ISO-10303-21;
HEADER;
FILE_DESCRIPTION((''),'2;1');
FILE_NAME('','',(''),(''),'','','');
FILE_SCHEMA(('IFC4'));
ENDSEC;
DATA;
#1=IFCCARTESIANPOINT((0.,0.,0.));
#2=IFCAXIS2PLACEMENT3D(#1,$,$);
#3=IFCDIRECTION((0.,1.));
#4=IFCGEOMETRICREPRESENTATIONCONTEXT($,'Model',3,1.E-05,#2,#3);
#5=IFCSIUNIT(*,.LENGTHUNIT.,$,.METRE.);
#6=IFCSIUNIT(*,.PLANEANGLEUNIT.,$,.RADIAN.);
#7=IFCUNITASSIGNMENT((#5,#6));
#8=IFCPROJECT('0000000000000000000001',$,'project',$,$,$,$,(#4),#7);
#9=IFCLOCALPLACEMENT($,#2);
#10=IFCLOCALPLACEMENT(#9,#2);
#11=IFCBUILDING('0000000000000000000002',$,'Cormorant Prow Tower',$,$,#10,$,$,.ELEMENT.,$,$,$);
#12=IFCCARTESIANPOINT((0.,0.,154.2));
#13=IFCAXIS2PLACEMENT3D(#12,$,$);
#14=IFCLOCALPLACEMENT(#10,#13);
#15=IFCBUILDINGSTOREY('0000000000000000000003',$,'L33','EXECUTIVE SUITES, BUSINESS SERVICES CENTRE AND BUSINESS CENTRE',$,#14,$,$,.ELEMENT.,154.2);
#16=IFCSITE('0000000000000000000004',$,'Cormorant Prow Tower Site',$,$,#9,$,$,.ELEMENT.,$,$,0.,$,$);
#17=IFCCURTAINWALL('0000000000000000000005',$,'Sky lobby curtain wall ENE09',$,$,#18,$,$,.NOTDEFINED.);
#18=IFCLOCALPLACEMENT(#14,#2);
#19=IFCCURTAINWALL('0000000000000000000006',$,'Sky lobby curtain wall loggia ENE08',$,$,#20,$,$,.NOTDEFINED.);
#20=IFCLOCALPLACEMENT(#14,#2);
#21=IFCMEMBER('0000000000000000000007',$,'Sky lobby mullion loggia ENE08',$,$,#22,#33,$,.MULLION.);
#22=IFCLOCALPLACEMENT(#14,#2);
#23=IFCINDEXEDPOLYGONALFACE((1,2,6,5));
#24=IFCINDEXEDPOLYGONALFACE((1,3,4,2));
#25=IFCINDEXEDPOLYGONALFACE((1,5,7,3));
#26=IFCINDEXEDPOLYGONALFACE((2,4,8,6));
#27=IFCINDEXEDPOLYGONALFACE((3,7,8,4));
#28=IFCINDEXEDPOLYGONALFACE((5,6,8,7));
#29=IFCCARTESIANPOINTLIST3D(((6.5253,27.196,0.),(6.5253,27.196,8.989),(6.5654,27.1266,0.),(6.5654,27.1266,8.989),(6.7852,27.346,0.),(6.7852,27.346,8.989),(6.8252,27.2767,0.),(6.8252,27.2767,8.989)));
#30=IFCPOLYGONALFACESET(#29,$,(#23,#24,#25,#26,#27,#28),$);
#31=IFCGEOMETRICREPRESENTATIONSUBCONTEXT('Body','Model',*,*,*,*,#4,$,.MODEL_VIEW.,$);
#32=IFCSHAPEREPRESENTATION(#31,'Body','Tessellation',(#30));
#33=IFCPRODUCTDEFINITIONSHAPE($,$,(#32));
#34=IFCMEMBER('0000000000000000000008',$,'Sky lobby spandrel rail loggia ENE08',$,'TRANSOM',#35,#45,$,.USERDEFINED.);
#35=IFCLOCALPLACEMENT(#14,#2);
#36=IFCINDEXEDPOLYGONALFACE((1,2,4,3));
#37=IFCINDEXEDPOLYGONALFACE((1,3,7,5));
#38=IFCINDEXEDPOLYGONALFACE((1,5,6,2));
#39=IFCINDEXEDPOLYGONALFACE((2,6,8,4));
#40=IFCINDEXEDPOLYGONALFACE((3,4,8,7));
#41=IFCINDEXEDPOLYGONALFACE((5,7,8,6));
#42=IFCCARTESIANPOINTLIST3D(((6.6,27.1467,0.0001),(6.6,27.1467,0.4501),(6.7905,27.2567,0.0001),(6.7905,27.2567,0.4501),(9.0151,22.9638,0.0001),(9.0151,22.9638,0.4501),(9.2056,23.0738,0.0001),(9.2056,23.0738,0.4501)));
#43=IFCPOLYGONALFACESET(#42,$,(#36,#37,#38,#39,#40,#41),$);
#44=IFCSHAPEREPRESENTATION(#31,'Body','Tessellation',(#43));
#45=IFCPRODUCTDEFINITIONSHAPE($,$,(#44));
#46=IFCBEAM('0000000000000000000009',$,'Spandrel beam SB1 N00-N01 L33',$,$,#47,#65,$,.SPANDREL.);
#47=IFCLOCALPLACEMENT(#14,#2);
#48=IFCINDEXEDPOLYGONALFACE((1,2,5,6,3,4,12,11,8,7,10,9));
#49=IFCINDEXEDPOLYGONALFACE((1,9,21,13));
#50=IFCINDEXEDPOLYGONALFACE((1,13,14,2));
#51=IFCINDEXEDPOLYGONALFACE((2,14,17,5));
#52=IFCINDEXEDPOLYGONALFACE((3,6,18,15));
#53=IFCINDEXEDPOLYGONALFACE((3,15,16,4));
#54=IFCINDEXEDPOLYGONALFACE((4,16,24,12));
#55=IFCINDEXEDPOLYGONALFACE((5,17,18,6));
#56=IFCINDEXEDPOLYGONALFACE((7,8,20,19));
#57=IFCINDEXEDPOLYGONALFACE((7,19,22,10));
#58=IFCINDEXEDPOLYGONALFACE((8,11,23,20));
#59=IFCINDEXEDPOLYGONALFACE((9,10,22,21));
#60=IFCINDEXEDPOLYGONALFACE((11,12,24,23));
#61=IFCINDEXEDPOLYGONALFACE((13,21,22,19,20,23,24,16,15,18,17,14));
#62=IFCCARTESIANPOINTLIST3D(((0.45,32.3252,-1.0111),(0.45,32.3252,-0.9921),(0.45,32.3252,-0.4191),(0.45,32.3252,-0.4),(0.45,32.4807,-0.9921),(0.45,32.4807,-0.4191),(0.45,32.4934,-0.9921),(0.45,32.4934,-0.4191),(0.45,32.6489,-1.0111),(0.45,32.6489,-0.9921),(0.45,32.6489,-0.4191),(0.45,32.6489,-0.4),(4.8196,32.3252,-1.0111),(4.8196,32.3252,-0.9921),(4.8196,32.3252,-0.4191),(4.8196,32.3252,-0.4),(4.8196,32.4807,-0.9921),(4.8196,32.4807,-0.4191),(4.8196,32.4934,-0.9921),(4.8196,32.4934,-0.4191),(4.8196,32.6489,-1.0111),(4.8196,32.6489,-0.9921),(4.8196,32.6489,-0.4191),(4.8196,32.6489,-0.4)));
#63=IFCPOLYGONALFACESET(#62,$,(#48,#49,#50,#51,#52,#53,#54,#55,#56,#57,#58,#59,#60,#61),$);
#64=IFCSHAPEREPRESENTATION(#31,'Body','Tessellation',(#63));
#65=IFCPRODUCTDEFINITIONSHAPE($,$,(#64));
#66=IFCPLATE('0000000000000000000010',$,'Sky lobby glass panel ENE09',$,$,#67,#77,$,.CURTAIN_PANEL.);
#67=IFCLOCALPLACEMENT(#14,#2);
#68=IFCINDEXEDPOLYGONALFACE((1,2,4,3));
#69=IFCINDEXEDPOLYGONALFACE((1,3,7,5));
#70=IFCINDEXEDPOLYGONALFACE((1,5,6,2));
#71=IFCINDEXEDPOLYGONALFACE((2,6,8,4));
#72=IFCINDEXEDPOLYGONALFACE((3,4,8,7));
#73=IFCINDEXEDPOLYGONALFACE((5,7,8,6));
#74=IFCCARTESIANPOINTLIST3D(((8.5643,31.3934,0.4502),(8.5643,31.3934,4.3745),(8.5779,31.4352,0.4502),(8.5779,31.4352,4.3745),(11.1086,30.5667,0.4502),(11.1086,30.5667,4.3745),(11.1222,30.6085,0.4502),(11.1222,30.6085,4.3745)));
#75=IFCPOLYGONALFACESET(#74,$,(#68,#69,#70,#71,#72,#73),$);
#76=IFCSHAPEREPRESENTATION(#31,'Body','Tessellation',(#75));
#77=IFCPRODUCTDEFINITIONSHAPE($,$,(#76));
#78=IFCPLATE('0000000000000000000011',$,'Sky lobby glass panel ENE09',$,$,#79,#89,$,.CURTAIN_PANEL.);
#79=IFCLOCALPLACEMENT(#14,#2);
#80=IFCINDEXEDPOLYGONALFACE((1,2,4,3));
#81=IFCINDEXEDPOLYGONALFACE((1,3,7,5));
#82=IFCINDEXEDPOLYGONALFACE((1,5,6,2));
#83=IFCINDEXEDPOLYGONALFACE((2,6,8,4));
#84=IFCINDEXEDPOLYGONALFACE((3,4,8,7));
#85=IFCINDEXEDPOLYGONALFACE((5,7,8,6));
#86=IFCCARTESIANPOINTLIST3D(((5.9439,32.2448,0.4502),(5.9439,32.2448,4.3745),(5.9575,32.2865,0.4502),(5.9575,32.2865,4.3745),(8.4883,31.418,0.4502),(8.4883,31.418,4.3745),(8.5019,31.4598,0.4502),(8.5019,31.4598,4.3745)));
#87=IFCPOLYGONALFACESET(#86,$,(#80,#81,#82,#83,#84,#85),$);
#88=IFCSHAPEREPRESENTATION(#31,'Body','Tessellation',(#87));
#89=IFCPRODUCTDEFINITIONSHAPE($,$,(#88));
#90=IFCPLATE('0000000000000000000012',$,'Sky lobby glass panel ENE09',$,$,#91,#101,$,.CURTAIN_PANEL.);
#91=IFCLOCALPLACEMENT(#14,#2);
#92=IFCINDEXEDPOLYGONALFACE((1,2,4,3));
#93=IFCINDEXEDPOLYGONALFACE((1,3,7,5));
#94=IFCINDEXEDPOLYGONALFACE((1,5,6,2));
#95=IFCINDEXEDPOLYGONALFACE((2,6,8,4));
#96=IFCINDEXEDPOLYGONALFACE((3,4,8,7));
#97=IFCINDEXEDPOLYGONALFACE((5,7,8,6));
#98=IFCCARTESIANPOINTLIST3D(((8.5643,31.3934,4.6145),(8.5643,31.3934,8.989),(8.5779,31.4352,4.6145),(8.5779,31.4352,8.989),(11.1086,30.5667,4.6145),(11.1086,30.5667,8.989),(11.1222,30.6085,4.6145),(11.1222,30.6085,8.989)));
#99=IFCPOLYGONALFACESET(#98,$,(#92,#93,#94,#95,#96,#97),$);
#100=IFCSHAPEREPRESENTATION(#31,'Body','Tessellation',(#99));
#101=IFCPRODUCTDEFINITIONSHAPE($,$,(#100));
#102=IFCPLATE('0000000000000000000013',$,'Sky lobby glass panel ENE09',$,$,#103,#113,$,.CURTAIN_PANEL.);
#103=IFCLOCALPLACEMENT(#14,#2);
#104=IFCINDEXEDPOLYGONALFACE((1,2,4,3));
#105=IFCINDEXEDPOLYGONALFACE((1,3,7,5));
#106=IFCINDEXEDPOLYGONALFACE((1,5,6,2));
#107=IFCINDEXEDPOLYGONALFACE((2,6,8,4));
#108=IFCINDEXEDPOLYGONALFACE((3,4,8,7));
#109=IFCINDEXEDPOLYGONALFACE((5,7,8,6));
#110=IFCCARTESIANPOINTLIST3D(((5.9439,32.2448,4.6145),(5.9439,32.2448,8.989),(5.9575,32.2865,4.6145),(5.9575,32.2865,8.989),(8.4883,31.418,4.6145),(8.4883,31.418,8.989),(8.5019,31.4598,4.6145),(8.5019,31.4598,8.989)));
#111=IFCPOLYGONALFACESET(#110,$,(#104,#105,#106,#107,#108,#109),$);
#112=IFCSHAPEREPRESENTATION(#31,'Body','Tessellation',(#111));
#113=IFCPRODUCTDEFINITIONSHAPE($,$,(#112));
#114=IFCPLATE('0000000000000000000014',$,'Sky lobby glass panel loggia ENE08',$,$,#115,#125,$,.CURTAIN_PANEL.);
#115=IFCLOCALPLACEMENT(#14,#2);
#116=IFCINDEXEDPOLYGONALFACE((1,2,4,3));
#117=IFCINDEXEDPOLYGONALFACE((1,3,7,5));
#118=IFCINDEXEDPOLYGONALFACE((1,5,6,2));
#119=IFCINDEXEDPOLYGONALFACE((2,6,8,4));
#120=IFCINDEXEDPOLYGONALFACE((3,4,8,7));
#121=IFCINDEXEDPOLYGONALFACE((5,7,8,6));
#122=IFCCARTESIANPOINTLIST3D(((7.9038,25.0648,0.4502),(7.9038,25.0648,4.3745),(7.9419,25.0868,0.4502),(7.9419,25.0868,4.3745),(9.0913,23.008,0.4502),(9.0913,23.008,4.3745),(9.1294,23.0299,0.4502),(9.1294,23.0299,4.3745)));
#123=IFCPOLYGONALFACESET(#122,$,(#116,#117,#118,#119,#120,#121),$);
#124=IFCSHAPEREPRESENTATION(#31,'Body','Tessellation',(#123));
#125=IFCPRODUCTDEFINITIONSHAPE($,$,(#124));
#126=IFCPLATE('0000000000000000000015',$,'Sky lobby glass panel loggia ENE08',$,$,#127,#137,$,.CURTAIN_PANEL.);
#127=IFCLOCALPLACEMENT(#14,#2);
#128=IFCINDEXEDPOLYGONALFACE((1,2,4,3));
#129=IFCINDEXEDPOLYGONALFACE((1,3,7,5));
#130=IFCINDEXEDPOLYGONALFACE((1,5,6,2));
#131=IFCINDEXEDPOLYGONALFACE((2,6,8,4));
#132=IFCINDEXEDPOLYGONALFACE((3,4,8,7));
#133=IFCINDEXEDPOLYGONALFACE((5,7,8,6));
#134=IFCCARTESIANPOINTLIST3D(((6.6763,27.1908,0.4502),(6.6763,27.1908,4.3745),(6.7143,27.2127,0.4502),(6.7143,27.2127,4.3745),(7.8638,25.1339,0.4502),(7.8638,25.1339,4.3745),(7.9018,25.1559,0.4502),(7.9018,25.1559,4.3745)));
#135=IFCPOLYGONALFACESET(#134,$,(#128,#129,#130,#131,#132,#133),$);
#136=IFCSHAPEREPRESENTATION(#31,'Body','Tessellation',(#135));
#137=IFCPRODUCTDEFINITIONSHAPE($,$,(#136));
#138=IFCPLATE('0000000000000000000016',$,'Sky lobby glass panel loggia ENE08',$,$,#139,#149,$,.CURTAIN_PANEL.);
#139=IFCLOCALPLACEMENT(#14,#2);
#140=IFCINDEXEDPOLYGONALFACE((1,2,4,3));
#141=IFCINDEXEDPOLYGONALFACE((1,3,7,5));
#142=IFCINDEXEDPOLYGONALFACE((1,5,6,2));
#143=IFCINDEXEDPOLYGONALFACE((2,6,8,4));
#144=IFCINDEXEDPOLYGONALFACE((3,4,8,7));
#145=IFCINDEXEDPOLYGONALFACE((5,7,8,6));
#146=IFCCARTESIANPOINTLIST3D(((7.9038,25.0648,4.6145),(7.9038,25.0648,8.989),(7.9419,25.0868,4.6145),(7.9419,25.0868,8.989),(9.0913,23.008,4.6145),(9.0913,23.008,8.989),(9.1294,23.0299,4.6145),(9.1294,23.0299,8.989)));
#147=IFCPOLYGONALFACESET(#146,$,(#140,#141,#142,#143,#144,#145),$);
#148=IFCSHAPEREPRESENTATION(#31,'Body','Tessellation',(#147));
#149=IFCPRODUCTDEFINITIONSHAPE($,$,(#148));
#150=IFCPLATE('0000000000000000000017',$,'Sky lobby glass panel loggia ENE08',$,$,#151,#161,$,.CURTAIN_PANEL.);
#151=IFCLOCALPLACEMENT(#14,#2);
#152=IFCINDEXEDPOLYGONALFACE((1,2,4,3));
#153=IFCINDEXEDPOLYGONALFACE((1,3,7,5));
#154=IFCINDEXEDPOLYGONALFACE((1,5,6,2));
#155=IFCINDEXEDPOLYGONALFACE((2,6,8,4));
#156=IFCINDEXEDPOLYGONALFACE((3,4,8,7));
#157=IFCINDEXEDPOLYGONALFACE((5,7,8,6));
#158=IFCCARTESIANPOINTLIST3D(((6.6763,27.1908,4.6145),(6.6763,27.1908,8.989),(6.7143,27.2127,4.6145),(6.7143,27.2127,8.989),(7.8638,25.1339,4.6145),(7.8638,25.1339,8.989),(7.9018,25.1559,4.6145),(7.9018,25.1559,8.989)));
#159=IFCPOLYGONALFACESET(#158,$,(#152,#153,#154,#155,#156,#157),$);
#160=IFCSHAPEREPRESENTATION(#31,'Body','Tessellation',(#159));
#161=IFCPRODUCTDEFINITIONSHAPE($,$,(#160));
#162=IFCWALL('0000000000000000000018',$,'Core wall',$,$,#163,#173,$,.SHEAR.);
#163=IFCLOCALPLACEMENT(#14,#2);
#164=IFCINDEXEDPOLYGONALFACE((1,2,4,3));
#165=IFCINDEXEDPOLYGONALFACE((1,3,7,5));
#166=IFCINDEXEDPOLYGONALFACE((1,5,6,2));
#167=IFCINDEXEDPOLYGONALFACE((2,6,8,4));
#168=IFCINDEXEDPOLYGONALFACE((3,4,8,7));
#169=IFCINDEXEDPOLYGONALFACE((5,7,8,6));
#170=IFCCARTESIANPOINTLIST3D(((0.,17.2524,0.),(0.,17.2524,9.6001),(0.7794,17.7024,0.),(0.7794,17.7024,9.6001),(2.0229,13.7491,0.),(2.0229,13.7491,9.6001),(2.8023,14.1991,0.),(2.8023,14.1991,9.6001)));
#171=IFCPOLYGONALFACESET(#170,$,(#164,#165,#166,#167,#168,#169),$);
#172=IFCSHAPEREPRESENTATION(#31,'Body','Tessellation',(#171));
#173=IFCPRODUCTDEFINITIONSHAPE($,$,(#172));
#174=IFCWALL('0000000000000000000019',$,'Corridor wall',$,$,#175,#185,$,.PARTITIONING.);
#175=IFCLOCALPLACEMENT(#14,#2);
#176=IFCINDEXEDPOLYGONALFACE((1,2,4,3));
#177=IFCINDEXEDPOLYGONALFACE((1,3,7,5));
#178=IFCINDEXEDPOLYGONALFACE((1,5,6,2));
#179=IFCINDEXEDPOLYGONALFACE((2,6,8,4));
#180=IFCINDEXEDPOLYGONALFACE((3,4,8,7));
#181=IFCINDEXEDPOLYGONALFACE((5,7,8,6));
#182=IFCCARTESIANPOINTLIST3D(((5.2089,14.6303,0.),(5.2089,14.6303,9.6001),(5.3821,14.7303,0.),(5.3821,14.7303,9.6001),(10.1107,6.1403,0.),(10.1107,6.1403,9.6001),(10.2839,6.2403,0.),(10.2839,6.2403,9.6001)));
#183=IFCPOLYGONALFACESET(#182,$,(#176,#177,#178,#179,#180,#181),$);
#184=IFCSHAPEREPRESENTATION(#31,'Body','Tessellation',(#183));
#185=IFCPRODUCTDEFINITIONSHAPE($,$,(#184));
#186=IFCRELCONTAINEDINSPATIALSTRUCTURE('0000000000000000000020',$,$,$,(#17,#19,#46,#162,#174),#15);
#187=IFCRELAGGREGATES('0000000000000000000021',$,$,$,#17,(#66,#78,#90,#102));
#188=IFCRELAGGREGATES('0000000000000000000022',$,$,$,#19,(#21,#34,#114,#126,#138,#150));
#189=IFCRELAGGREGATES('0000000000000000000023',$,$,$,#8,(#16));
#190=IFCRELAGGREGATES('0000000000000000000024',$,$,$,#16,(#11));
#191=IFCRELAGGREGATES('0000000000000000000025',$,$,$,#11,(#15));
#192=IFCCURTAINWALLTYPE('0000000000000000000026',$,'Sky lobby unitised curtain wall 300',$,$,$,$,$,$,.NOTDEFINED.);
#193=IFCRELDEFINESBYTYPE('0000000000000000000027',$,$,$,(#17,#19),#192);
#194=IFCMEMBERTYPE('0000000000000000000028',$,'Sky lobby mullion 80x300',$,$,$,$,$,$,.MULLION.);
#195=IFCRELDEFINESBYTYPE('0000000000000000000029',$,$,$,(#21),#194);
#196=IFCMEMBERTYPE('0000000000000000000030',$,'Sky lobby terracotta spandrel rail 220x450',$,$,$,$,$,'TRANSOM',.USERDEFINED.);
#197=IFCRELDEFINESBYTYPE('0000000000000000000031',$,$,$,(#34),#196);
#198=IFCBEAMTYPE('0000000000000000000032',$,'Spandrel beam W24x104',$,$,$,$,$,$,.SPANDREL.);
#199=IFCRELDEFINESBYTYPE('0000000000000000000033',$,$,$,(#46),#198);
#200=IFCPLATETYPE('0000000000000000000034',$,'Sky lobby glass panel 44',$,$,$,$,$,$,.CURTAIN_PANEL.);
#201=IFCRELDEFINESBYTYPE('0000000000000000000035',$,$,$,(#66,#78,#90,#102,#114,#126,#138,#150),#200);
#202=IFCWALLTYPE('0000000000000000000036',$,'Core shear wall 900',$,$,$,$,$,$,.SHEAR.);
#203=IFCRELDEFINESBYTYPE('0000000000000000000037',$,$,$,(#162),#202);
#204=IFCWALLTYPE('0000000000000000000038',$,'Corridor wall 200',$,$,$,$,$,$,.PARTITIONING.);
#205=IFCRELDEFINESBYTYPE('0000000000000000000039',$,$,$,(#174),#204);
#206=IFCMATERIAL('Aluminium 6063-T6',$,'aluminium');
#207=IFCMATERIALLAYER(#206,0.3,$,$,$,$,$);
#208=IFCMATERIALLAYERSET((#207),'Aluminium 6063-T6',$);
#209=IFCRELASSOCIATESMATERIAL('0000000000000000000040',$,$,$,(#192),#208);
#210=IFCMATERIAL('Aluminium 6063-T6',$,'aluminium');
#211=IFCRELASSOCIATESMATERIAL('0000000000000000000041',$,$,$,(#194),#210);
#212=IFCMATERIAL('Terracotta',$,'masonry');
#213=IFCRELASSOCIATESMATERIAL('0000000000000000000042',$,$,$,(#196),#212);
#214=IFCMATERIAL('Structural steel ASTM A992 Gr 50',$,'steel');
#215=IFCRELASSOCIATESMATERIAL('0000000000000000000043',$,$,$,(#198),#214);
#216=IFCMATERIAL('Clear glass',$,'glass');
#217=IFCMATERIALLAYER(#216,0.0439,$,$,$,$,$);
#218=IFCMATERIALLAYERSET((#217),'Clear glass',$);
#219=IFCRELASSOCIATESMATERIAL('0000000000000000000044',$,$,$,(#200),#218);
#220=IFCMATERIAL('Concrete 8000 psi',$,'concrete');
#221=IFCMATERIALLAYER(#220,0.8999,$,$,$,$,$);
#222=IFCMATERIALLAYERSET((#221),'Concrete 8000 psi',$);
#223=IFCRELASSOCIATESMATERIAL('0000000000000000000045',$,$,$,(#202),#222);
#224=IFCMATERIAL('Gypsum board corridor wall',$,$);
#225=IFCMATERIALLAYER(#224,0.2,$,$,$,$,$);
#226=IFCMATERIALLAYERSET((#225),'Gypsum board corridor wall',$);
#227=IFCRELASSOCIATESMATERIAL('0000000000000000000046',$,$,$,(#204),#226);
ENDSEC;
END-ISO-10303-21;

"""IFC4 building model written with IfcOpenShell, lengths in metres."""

from ifc_helpers import new_model, si_unit, direction, frame, frame_2d, origin, origin_2d, place, context, subcontext, project, spatial, rectangle, i_section, extrude, material, layer, layer_set, material_profile, profile_set, type_object, element, aggregate, save


model = new_model("IFC4")

# Units and contexts
model_context = context("Model", 3, precision=1e-05, world=origin(), true_north=direction((0.0, 1.0)))
body_context = subcontext(model_context, "Body", "Model", "MODEL_VIEW")
ifc_project = project(units=[si_unit("LENGTHUNIT", "METRE"), si_unit("PLANEANGLEUNIT", "RADIAN")], contexts=[model_context])

# Site, building, storey
site_placement = place(None, origin())
site = spatial("IfcSite", under=ifc_project, at=site_placement, Name="Cormorant Prow Tower Site", CompositionType="ELEMENT", RefElevation=0.0)
building_placement = place(site_placement, origin())
building = spatial("IfcBuilding", under=site, at=building_placement, Name="Cormorant Prow Tower", CompositionType="ELEMENT")
storey_placement = place(building_placement, frame((0.0, 0.0, 154.2)))
storey = spatial("IfcBuildingStorey", under=building, at=storey_placement, Name="L33", Description="EXECUTIVE SUITES, BUSINESS SERVICES CENTRE AND BUSINESS CENTRE", CompositionType="ELEMENT", Elevation=154.2)

# Curtain wall
ifc_material_1 = material(Name="Aluminium 6063-T6", Category="aluminium")
ifc_layer_1 = layer(ifc_material_1, 0.3)
ifc_layer_set_1 = layer_set([ifc_layer_1], Name="Aluminium 6063-T6")
curtain_wall_type = type_object("IfcCurtainWallType", Name="Sky lobby unitised curtain wall 300", PredefinedType="NOTDEFINED", material=ifc_layer_set_1)
curtain_wall_1_placement = place(storey_placement, origin())
curtain_wall_1 = element("IfcCurtainWall", 1, at=curtain_wall_1_placement, inside=storey, type_object=curtain_wall_type, Name="Sky lobby curtain wall ENE09", PredefinedType="NOTDEFINED")

# Curtain wall
curtain_wall_2_placement = place(storey_placement, origin())
curtain_wall_2 = element("IfcCurtainWall", 2, at=curtain_wall_2_placement, inside=storey, type_object=curtain_wall_type, Name="Sky lobby curtain wall loggia ENE08", PredefinedType="NOTDEFINED")

# Members
ifc_material_2 = material(Name="Aluminium 6063-T6", Category="aluminium")
ifc_material_profile_1 = material_profile(ifc_material_2, rectangle(XDim=0.3, YDim=0.0801, at=origin_2d()), Name="Sky lobby mullion 80x300")
ifc_profile_set_1 = profile_set([ifc_material_profile_1], Name="Aluminium 6063-T6")
member_type_1 = type_object("IfcMemberType", Name="Sky lobby mullion 80x300", PredefinedType="MULLION", material=ifc_profile_set_1)
member_1_placement = place(storey_placement, frame((6.6753, 27.2363, 0.0), z_axis=(0.0, 0.0, 1.0), x_axis=(-0.866025, -0.5, 0.0)))
member_1 = element("IfcMember", 3, at=member_1_placement, type_object=member_type_1, Name="Sky lobby mullion loggia ENE08", PredefinedType="MULLION", context=body_context, shape_type="SweptSolid", body=[
    extrude(rectangle(XDim=0.3, YDim=0.0801, at=origin_2d()), origin(), (0.0, 0.0, 1.0), 8.989),
])
ifc_material_3 = material(Name="Terracotta", Category="masonry")
ifc_material_profile_2 = material_profile(ifc_material_3, rectangle(XDim=0.22, YDim=0.45, at=origin_2d()), Name="Sky lobby terracotta spandrel rail 220x450")
ifc_profile_set_2 = profile_set([ifc_material_profile_2], Name="Terracotta")
member_type_2 = type_object("IfcMemberType", Name="Sky lobby terracotta spandrel rail 220x450", ElementType="TRANSOM", PredefinedType="USERDEFINED", material=ifc_profile_set_2)
member_2_placement = place(storey_placement, frame((9.1104, 23.0188, 0.2251), z_axis=(-0.50001, 0.86602, 0.0), x_axis=(-0.86602, -0.50001, 0.0)))
member_2 = element("IfcMember", 4, at=member_2_placement, type_object=member_type_2, Name="Sky lobby spandrel rail loggia ENE08", ObjectType="TRANSOM", PredefinedType="USERDEFINED", context=body_context, shape_type="SweptSolid", body=[
    extrude(rectangle(XDim=0.22, YDim=0.45, at=origin_2d()), origin(), (0.0, 0.0, 1.0), 4.8301),
])

# Beam
ifc_material_4 = material(Name="Structural steel ASTM A992 Gr 50", Category="steel")
ifc_material_profile_3 = material_profile(ifc_material_4, i_section(OverallWidth=0.3237, OverallDepth=0.6111, WebThickness=0.0127, FlangeThickness=0.019, at=origin_2d()), Name="W24x104")
ifc_profile_set_3 = profile_set([ifc_material_profile_3], Name="Structural steel ASTM A992 Gr 50")
beam_type_1 = type_object("IfcBeamType", Name="Spandrel beam W24x104", PredefinedType="SPANDREL", material=ifc_profile_set_3)
beam_1_placement = place(storey_placement, frame((4.8196, 32.4871, -0.7056), z_axis=(-1.0, 0.0, 0.0), x_axis=(0.0, -1.0, 0.0)))
element("IfcBeam", 5, at=beam_1_placement, inside=storey, type_object=beam_type_1, Name="Spandrel beam SB1 N00-N01 L33", PredefinedType="SPANDREL", context=body_context, shape_type="SweptSolid", body=[
    extrude(i_section(OverallWidth=0.3237, OverallDepth=0.6111, WebThickness=0.0127, FlangeThickness=0.019, at=origin_2d()), origin(), (0.0, 0.0, 1.0), 4.3696),
])

# Plates
ifc_material_5 = material(Name="Clear glass", Category="glass")
ifc_layer_2 = layer(ifc_material_5, 0.0439)
ifc_layer_set_2 = layer_set([ifc_layer_2], Name="Clear glass")
plate_type = type_object("IfcPlateType", Name="Sky lobby glass panel 44", PredefinedType="CURTAIN_PANEL", material=ifc_layer_set_2)
plate_1_placement = place(storey_placement, frame((9.8433, 31.001, 0.4502), z_axis=(0.0, 0.0, 1.0), x_axis=(-0.951056, 0.309017, 0.0)))
plate_1 = element("IfcPlate", 6, at=plate_1_placement, type_object=plate_type, Name="Sky lobby glass panel ENE09", PredefinedType="CURTAIN_PANEL", context=body_context, shape_type="SweptSolid", body=[
    extrude(rectangle(XDim=2.6753, YDim=0.0439, at=origin_2d()), origin(), (0.0, 0.0, 1.0), 3.9243),
])
plate_2_placement = place(storey_placement, frame((7.2229, 31.8523, 0.4502), z_axis=(0.0, 0.0, 1.0), x_axis=(-0.951056, 0.309017, 0.0)))
plate_2 = element("IfcPlate", 7, at=plate_2_placement, type_object=plate_type, Name="Sky lobby glass panel ENE09", PredefinedType="CURTAIN_PANEL", context=body_context, shape_type="SweptSolid", body=[
    extrude(rectangle(XDim=2.6753, YDim=0.0439, at=origin_2d()), origin(), (0.0, 0.0, 1.0), 3.9243),
])
plate_3_placement = place(storey_placement, frame((9.8433, 31.001, 4.6145), z_axis=(0.0, 0.0, 1.0), x_axis=(-0.951056, 0.309017, 0.0)))
plate_3 = element("IfcPlate", 8, at=plate_3_placement, type_object=plate_type, Name="Sky lobby glass panel ENE09", PredefinedType="CURTAIN_PANEL", context=body_context, shape_type="SweptSolid", body=[
    extrude(rectangle(XDim=2.6753, YDim=0.0439, at=origin_2d()), origin(), (0.0, 0.0, 1.0), 4.3745),
])
plate_4_placement = place(storey_placement, frame((7.2229, 31.8523, 4.6145), z_axis=(0.0, 0.0, 1.0), x_axis=(-0.951056, 0.309017, 0.0)))
plate_4 = element("IfcPlate", 9, at=plate_4_placement, type_object=plate_type, Name="Sky lobby glass panel ENE09", PredefinedType="CURTAIN_PANEL", context=body_context, shape_type="SweptSolid", body=[
    extrude(rectangle(XDim=2.6753, YDim=0.0439, at=origin_2d()), origin(), (0.0, 0.0, 1.0), 4.3745),
])
aggregate(curtain_wall_1, [plate_1, plate_2, plate_3, plate_4])
plate_5_placement = place(storey_placement, frame((8.5166, 24.0474, 0.4502), z_axis=(0.0, 0.0, 1.0), x_axis=(-0.5, 0.866025, 0.0)))
plate_5 = element("IfcPlate", 10, at=plate_5_placement, type_object=plate_type, Name="Sky lobby glass panel loggia ENE08", PredefinedType="CURTAIN_PANEL", context=body_context, shape_type="SweptSolid", body=[
    extrude(rectangle(XDim=2.375, YDim=0.0439, at=origin_2d()), origin(), (0.0, 0.0, 1.0), 3.9243),
])
plate_6_placement = place(storey_placement, frame((7.2891, 26.1733, 0.4502), z_axis=(0.0, 0.0, 1.0), x_axis=(-0.5, 0.866025, 0.0)))
plate_6 = element("IfcPlate", 11, at=plate_6_placement, type_object=plate_type, Name="Sky lobby glass panel loggia ENE08", PredefinedType="CURTAIN_PANEL", context=body_context, shape_type="SweptSolid", body=[
    extrude(rectangle(XDim=2.375, YDim=0.0439, at=origin_2d()), origin(), (0.0, 0.0, 1.0), 3.9243),
])
plate_7_placement = place(storey_placement, frame((8.5166, 24.0474, 4.6145), z_axis=(0.0, 0.0, 1.0), x_axis=(-0.5, 0.866025, 0.0)))
plate_7 = element("IfcPlate", 12, at=plate_7_placement, type_object=plate_type, Name="Sky lobby glass panel loggia ENE08", PredefinedType="CURTAIN_PANEL", context=body_context, shape_type="SweptSolid", body=[
    extrude(rectangle(XDim=2.375, YDim=0.0439, at=origin_2d()), origin(), (0.0, 0.0, 1.0), 4.3745),
])
plate_8_placement = place(storey_placement, frame((7.2891, 26.1733, 4.6145), z_axis=(0.0, 0.0, 1.0), x_axis=(-0.5, 0.866025, 0.0)))
plate_8 = element("IfcPlate", 13, at=plate_8_placement, type_object=plate_type, Name="Sky lobby glass panel loggia ENE08", PredefinedType="CURTAIN_PANEL", context=body_context, shape_type="SweptSolid", body=[
    extrude(rectangle(XDim=2.375, YDim=0.0439, at=origin_2d()), origin(), (0.0, 0.0, 1.0), 4.3745),
])
aggregate(curtain_wall_2, [member_1, member_2, plate_5, plate_6, plate_7, plate_8])

# Walls
ifc_material_6 = material(Name="Concrete 8000 psi", Category="concrete")
ifc_layer_3 = layer(ifc_material_6, 0.8999)
ifc_layer_set_3 = layer_set([ifc_layer_3], Name="Concrete 8000 psi")
wall_type_1 = type_object("IfcWallType", Name="Core shear wall 900", PredefinedType="SHEAR", material=ifc_layer_set_3)
wall_1_placement = place(storey_placement, frame((2.4126, 13.9741, 0.0), z_axis=(0.0, 0.0, 1.0), x_axis=(-0.500046, 0.865999, 0.0)))
element("IfcWall", 14, at=wall_1_placement, inside=storey, type_object=wall_type_1, Name="Core wall", PredefinedType="SHEAR", context=body_context, shape_type="SweptSolid", body=[
    extrude(rectangle(XDim=4.0454, YDim=0.8999, at=frame_2d((2.0227, 0.0))), origin(), (0.0, 0.0, 1.0), 9.6001),
])
ifc_material_7 = material(Name="Gypsum board corridor wall")
ifc_layer_4 = layer(ifc_material_7, 0.2)
ifc_layer_set_4 = layer_set([ifc_layer_4], Name="Gypsum board corridor wall")
wall_type_2 = type_object("IfcWallType", Name="Corridor wall 200", PredefinedType="PARTITIONING", material=ifc_layer_set_4)
wall_2_placement = place(storey_placement, frame((5.2954, 14.6804, 0.0), z_axis=(0.0, 0.0, 1.0), x_axis=(0.500012, -0.866018, 0.0)))
element("IfcWall", 15, at=wall_2_placement, inside=storey, type_object=wall_type_2, Name="Corridor wall", PredefinedType="PARTITIONING", context=body_context, shape_type="SweptSolid", body=[
    extrude(rectangle(XDim=9.8035, YDim=0.2, at=frame_2d((4.9019, 0.0))), origin(), (0.0, 0.0, 1.0), 9.6001),
])

save(model, "model.ifc")
